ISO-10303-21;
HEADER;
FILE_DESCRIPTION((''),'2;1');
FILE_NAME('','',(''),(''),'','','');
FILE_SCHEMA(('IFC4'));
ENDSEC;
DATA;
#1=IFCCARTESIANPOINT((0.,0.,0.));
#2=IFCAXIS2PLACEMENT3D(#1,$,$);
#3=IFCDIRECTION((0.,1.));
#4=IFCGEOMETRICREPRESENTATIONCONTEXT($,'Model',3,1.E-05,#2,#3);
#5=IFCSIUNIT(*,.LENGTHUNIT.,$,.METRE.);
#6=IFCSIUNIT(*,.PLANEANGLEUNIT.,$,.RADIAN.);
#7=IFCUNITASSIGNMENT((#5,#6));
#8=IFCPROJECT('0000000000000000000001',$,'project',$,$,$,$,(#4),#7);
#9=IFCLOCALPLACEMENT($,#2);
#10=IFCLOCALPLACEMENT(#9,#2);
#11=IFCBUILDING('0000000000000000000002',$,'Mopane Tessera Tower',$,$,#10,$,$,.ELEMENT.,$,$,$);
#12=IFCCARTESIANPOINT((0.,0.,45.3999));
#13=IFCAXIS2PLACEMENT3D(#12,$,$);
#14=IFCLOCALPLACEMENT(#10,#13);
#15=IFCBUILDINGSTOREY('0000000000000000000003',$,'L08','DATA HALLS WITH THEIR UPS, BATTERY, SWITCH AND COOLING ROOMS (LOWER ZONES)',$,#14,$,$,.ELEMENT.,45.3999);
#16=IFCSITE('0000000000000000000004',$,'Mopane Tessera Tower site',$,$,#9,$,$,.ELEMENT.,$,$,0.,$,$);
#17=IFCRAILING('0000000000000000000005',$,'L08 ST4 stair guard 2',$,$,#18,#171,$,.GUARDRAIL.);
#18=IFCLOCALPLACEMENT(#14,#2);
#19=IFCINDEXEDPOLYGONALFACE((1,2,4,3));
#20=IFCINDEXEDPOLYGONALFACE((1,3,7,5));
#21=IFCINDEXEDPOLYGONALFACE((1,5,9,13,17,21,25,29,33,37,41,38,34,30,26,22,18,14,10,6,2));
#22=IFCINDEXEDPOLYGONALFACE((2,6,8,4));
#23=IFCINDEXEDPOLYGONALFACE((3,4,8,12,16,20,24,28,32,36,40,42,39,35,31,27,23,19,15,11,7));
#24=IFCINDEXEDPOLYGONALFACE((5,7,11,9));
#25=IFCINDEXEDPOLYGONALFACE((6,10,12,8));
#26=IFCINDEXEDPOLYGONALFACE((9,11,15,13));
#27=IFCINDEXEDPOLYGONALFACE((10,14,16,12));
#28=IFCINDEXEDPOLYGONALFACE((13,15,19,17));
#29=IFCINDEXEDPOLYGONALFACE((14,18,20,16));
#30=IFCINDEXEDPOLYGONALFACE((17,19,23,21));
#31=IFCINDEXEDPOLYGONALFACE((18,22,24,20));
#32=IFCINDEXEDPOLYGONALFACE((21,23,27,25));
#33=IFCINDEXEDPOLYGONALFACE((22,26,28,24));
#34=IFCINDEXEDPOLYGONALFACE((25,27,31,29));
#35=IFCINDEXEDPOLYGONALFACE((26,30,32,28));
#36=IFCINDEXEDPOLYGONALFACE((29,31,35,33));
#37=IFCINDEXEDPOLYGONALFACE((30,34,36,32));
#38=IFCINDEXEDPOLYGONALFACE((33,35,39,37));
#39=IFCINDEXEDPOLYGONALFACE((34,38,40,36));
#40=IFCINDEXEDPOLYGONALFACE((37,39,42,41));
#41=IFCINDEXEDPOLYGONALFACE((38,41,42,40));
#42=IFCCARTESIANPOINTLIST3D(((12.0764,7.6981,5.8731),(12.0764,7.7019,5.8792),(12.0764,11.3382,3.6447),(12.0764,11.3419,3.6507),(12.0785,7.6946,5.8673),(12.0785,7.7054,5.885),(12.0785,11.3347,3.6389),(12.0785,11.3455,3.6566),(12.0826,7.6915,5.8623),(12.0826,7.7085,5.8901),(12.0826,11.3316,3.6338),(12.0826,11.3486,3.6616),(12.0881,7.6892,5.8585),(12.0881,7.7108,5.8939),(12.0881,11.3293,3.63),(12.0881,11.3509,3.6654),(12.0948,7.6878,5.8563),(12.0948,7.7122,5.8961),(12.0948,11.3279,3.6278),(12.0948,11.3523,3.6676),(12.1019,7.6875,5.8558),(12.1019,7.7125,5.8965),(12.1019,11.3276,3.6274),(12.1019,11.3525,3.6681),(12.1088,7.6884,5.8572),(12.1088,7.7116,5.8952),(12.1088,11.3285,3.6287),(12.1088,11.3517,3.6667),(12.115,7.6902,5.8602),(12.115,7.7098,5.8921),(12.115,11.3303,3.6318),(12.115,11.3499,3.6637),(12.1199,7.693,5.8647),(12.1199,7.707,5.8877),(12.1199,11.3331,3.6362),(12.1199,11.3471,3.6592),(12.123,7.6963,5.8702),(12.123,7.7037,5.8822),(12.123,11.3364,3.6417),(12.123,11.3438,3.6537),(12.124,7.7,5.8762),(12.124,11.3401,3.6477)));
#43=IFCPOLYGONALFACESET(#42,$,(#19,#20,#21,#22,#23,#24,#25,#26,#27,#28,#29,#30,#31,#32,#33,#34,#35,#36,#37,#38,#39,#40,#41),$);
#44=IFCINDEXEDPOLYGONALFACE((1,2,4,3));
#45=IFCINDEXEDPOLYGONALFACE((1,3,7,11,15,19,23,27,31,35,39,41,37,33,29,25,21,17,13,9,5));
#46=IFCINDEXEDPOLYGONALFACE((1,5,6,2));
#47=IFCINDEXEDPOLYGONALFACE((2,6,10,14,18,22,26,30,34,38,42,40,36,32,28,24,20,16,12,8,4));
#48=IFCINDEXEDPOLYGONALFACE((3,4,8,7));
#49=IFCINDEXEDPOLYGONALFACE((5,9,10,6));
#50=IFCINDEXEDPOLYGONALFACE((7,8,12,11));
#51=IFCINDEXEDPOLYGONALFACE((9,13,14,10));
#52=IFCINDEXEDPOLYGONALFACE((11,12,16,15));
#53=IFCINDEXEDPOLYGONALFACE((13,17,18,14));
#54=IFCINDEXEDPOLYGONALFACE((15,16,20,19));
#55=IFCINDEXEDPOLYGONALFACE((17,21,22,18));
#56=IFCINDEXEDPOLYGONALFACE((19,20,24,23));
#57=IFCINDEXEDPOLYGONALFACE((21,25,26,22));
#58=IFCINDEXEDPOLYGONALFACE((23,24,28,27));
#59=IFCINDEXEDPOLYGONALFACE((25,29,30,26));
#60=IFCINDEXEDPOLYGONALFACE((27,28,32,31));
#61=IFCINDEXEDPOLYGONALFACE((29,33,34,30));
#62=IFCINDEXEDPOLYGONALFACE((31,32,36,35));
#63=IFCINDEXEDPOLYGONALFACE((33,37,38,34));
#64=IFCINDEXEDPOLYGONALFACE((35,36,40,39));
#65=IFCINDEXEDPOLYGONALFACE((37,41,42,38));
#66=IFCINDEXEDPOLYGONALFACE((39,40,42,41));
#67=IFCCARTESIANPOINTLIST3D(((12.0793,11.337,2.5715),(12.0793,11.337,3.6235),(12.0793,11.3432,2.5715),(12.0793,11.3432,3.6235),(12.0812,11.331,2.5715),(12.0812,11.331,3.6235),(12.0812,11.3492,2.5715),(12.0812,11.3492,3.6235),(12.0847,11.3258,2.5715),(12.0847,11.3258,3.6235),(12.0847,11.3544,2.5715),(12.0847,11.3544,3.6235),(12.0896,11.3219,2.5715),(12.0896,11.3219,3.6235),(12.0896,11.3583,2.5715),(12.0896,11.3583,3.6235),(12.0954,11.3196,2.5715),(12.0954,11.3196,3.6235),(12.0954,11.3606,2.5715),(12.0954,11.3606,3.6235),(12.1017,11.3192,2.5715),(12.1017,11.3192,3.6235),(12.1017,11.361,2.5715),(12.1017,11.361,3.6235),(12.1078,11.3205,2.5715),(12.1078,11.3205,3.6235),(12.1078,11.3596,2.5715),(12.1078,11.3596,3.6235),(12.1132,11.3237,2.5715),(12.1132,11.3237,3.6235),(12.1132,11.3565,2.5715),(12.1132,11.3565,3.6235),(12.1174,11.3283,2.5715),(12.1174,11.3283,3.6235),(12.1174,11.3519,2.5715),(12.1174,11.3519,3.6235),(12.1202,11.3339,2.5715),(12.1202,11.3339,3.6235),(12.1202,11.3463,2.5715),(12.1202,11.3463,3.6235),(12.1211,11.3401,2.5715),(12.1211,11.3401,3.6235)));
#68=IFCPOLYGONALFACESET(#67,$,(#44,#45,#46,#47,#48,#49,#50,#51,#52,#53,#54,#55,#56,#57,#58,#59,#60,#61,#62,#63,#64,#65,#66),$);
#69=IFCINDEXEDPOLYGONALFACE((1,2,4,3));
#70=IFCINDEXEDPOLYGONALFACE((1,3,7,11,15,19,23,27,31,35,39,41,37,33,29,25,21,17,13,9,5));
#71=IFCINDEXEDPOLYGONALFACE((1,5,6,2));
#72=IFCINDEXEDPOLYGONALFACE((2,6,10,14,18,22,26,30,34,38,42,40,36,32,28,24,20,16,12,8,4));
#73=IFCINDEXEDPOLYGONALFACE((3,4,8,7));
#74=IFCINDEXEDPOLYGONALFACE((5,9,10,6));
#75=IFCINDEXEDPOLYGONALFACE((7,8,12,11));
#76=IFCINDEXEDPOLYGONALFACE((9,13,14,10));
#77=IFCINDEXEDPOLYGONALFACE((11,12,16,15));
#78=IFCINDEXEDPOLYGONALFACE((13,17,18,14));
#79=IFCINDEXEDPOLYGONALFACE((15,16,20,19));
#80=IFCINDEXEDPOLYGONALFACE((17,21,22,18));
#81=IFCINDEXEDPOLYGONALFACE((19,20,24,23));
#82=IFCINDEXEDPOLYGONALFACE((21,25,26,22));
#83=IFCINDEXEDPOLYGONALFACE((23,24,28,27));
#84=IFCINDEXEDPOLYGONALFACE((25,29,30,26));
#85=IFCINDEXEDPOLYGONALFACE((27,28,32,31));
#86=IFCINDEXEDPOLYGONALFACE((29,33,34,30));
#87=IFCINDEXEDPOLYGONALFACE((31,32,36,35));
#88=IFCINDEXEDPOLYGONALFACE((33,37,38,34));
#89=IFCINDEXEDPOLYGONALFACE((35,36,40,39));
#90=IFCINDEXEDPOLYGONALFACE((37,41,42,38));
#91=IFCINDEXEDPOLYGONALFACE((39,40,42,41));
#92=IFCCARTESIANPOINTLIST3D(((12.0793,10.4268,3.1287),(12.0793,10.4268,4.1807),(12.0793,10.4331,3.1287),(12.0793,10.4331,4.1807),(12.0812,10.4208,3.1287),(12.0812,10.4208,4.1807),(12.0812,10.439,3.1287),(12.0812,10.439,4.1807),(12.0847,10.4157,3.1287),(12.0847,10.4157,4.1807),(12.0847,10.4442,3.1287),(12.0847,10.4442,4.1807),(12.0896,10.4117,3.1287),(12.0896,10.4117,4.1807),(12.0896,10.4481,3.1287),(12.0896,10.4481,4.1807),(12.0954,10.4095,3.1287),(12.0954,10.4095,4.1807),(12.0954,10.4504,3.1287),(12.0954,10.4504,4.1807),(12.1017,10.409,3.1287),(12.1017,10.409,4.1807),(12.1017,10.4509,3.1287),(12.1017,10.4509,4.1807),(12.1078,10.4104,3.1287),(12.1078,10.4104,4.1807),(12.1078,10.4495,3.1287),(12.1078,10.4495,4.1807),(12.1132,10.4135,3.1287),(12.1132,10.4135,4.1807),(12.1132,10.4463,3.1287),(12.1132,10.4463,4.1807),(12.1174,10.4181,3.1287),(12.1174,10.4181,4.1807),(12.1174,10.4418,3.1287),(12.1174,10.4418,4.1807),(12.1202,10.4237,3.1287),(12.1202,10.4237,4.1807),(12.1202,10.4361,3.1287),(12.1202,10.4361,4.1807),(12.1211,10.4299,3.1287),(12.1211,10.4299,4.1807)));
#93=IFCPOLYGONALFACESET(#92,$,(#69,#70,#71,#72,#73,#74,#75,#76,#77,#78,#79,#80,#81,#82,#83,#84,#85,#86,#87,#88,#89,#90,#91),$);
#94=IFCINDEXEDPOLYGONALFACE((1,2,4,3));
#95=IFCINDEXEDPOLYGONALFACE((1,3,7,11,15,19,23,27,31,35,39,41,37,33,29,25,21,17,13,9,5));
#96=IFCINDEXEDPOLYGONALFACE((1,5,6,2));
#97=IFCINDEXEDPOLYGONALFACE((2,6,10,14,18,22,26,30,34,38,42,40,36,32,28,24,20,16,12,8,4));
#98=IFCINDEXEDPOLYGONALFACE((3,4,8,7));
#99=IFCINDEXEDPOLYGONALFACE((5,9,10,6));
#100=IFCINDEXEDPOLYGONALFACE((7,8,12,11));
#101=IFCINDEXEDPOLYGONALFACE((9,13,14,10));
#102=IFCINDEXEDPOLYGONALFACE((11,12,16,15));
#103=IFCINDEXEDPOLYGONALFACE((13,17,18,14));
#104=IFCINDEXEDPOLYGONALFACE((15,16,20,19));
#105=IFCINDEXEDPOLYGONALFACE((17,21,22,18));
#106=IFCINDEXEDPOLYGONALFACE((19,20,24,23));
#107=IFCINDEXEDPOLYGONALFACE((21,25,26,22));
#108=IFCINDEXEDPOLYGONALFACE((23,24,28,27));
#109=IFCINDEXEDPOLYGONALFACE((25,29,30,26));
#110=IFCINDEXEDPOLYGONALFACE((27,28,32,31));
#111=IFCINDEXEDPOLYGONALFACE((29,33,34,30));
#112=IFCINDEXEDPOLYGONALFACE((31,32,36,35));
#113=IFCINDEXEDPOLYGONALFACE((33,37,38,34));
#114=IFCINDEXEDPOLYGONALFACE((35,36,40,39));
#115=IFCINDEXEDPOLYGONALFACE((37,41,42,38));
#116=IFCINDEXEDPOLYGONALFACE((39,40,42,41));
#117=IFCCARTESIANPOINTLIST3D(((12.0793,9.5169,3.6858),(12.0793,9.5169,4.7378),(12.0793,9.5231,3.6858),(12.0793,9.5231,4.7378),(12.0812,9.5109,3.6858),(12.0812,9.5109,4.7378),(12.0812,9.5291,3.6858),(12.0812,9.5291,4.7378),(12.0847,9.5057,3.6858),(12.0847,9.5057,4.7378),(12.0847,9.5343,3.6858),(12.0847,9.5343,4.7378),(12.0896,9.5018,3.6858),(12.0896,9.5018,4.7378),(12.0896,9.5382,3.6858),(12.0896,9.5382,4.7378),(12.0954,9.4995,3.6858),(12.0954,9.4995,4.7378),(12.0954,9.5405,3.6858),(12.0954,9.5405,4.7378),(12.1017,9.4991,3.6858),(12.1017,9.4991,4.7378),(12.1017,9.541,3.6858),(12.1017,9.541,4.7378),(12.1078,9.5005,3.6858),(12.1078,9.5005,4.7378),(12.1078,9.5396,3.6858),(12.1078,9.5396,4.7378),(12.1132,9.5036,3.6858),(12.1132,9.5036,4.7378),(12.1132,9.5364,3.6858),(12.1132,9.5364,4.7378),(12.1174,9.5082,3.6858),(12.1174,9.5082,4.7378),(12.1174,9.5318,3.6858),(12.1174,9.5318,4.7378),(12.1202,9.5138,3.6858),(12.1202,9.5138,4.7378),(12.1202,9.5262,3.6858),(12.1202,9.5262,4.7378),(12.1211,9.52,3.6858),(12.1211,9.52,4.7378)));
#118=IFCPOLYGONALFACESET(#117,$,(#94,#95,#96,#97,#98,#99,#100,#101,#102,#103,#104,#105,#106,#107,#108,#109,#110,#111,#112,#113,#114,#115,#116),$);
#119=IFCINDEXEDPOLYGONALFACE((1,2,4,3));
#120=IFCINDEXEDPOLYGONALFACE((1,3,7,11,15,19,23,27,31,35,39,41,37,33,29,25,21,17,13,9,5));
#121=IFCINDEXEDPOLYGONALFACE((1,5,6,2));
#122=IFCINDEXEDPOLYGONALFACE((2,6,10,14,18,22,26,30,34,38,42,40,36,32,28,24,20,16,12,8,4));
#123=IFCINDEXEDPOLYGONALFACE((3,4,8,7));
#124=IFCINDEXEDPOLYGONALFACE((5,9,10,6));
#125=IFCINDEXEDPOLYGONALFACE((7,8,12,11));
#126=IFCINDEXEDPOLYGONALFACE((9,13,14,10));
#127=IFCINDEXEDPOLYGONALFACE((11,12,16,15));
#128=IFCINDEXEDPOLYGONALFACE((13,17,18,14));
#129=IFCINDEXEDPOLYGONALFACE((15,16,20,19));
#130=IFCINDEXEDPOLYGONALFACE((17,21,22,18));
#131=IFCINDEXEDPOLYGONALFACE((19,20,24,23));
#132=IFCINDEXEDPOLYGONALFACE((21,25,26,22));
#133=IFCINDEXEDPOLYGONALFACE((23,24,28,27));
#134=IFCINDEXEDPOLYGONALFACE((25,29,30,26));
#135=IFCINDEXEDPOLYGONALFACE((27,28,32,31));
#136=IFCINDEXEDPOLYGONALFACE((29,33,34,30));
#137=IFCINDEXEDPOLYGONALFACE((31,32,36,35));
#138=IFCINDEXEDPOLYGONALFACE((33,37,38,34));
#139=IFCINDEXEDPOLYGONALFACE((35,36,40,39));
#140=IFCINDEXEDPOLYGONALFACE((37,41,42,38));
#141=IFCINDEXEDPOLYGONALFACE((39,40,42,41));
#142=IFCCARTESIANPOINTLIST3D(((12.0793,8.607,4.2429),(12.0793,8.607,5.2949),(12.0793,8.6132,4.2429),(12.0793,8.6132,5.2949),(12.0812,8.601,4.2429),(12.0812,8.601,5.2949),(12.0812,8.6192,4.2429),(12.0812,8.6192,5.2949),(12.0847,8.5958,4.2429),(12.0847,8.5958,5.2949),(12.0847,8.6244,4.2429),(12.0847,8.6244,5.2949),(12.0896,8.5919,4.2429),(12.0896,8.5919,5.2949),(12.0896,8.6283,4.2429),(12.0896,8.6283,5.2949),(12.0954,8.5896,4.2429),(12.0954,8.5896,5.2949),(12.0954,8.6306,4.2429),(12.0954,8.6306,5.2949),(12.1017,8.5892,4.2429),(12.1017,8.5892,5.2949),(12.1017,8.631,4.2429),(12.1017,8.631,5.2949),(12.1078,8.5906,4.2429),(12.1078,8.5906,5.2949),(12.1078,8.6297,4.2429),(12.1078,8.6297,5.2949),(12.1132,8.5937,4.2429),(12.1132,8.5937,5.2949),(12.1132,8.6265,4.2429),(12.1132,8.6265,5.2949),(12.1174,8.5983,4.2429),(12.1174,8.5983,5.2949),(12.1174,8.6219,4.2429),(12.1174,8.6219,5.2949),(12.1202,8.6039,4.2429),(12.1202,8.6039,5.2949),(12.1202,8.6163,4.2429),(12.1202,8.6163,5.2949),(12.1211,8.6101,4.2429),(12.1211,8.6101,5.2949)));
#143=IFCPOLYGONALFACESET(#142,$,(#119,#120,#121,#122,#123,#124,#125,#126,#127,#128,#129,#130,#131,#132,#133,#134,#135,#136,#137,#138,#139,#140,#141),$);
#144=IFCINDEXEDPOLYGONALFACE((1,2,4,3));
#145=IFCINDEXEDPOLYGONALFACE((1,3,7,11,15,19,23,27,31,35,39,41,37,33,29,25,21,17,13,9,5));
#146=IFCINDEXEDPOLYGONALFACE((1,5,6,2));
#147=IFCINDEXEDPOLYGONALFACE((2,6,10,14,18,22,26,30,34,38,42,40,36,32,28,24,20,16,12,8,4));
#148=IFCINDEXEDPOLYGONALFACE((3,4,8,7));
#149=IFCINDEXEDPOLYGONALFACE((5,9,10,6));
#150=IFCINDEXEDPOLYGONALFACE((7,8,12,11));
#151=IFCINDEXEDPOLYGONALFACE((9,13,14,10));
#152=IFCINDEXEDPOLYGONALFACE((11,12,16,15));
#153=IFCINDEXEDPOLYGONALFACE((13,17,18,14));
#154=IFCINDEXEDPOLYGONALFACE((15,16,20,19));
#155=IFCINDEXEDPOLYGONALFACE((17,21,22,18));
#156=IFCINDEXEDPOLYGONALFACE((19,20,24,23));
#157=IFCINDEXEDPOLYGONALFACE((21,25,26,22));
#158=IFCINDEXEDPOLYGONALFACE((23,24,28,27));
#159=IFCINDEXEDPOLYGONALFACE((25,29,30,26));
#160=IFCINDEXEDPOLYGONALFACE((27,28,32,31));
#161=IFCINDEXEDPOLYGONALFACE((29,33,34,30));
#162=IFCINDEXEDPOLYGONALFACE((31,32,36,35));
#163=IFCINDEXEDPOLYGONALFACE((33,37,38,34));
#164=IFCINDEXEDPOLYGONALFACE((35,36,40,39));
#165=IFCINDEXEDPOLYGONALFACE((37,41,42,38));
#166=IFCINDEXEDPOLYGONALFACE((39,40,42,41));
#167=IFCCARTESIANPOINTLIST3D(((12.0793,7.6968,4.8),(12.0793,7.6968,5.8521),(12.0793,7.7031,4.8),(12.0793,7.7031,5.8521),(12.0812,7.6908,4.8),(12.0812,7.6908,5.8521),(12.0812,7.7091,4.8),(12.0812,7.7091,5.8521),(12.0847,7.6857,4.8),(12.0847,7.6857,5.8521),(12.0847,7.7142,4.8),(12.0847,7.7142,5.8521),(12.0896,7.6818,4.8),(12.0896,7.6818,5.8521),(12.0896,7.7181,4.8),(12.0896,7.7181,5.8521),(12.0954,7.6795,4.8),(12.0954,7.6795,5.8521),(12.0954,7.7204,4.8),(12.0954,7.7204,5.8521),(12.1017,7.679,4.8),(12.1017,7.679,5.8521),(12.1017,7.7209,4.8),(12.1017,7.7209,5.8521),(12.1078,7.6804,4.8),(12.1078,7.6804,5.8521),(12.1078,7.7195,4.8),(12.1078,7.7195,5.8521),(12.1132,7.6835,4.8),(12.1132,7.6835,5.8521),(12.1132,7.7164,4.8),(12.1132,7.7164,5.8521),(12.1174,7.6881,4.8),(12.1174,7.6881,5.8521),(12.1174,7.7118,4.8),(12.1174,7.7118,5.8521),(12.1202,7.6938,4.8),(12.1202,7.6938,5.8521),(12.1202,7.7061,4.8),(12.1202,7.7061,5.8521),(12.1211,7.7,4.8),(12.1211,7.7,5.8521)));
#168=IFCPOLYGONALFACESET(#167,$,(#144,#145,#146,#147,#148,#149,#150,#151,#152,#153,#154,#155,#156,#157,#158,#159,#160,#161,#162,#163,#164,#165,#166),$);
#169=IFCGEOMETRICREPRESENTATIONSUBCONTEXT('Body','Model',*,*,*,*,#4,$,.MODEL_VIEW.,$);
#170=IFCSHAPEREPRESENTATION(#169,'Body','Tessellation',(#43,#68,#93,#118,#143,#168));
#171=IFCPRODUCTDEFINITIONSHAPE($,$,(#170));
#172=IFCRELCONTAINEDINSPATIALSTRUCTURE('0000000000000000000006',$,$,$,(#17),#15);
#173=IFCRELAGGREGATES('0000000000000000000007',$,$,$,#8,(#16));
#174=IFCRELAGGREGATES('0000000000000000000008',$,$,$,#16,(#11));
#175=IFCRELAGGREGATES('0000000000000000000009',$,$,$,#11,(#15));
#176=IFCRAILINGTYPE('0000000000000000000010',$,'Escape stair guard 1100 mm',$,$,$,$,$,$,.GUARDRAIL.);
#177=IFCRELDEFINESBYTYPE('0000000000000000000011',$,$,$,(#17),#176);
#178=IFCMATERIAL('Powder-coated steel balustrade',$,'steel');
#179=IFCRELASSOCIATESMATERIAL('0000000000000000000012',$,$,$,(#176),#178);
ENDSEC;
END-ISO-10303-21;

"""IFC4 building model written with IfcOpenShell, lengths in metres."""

from ifc_helpers import new_model, si_unit, direction, frame, origin, origin_2d, place, context, subcontext, project, spatial, circle, extrude, material, type_object, element, save


model = new_model("IFC4")

# Units and contexts
model_context = context("Model", 3, precision=1e-05, world=origin(), true_north=direction((0.0, 1.0)))
body_context = subcontext(model_context, "Body", "Model", "MODEL_VIEW")
ifc_project = project(units=[si_unit("LENGTHUNIT", "METRE"), si_unit("PLANEANGLEUNIT", "RADIAN")], contexts=[model_context])

# Site, building, storey
site_placement = place(None, origin())
site = spatial("IfcSite", under=ifc_project, at=site_placement, Name="Mopane Tessera Tower site", CompositionType="ELEMENT", RefElevation=0.0)
building_placement = place(site_placement, origin())
building = spatial("IfcBuilding", under=site, at=building_placement, Name="Mopane Tessera Tower", CompositionType="ELEMENT")
storey_placement = place(building_placement, frame((0.0, 0.0, 45.3999)))
storey = spatial("IfcBuildingStorey", under=building, at=storey_placement, Name="L08", Description="DATA HALLS WITH THEIR UPS, BATTERY, SWITCH AND COOLING ROOMS (LOWER ZONES)", CompositionType="ELEMENT", Elevation=45.3999)

# Railing
ifc_material_1 = material(Name="Powder-coated steel balustrade", Category="steel")
railing_type_1 = type_object("IfcRailingType", Name="Escape stair guard 1100 mm", PredefinedType="GUARDRAIL", material=ifc_material_1)
railing_1_placement = place(storey_placement, frame((12.1001, 11.3401, 2.5715)))
element("IfcRailing", 1, at=railing_1_placement, inside=storey, type_object=railing_type_1, Name="L08 ST4 stair guard 2", PredefinedType="GUARDRAIL", context=body_context, shape_type="SweptSolid", body=[
    extrude(circle(Radius=0.0239, at=origin_2d()), frame((0.0, 0.0, 1.0762), z_axis=(0.0, -0.852866, 0.52213), x_axis=(1.0, 0.0, 0.0)), (0.0, 0.0, 1.0), 4.2681),
    extrude(circle(Radius=0.021, at=origin_2d()), origin(), (0.0, 0.0, 1.0), 1.052),
    extrude(circle(Radius=0.021, at=origin_2d()), frame((0.0, -0.9102, 0.5571)), (0.0, 0.0, 1.0), 1.052),
    extrude(circle(Radius=0.021, at=origin_2d()), frame((0.0, -1.8201, 1.1143)), (0.0, 0.0, 1.0), 1.052),
    extrude(circle(Radius=0.021, at=origin_2d()), frame((0.0, -2.73, 1.6714)), (0.0, 0.0, 1.0), 1.052),
    extrude(circle(Radius=0.021, at=origin_2d()), frame((0.0, -3.6401, 2.2285)), (0.0, 0.0, 1.0), 1.052),
])

save(model, "model.ifc")
